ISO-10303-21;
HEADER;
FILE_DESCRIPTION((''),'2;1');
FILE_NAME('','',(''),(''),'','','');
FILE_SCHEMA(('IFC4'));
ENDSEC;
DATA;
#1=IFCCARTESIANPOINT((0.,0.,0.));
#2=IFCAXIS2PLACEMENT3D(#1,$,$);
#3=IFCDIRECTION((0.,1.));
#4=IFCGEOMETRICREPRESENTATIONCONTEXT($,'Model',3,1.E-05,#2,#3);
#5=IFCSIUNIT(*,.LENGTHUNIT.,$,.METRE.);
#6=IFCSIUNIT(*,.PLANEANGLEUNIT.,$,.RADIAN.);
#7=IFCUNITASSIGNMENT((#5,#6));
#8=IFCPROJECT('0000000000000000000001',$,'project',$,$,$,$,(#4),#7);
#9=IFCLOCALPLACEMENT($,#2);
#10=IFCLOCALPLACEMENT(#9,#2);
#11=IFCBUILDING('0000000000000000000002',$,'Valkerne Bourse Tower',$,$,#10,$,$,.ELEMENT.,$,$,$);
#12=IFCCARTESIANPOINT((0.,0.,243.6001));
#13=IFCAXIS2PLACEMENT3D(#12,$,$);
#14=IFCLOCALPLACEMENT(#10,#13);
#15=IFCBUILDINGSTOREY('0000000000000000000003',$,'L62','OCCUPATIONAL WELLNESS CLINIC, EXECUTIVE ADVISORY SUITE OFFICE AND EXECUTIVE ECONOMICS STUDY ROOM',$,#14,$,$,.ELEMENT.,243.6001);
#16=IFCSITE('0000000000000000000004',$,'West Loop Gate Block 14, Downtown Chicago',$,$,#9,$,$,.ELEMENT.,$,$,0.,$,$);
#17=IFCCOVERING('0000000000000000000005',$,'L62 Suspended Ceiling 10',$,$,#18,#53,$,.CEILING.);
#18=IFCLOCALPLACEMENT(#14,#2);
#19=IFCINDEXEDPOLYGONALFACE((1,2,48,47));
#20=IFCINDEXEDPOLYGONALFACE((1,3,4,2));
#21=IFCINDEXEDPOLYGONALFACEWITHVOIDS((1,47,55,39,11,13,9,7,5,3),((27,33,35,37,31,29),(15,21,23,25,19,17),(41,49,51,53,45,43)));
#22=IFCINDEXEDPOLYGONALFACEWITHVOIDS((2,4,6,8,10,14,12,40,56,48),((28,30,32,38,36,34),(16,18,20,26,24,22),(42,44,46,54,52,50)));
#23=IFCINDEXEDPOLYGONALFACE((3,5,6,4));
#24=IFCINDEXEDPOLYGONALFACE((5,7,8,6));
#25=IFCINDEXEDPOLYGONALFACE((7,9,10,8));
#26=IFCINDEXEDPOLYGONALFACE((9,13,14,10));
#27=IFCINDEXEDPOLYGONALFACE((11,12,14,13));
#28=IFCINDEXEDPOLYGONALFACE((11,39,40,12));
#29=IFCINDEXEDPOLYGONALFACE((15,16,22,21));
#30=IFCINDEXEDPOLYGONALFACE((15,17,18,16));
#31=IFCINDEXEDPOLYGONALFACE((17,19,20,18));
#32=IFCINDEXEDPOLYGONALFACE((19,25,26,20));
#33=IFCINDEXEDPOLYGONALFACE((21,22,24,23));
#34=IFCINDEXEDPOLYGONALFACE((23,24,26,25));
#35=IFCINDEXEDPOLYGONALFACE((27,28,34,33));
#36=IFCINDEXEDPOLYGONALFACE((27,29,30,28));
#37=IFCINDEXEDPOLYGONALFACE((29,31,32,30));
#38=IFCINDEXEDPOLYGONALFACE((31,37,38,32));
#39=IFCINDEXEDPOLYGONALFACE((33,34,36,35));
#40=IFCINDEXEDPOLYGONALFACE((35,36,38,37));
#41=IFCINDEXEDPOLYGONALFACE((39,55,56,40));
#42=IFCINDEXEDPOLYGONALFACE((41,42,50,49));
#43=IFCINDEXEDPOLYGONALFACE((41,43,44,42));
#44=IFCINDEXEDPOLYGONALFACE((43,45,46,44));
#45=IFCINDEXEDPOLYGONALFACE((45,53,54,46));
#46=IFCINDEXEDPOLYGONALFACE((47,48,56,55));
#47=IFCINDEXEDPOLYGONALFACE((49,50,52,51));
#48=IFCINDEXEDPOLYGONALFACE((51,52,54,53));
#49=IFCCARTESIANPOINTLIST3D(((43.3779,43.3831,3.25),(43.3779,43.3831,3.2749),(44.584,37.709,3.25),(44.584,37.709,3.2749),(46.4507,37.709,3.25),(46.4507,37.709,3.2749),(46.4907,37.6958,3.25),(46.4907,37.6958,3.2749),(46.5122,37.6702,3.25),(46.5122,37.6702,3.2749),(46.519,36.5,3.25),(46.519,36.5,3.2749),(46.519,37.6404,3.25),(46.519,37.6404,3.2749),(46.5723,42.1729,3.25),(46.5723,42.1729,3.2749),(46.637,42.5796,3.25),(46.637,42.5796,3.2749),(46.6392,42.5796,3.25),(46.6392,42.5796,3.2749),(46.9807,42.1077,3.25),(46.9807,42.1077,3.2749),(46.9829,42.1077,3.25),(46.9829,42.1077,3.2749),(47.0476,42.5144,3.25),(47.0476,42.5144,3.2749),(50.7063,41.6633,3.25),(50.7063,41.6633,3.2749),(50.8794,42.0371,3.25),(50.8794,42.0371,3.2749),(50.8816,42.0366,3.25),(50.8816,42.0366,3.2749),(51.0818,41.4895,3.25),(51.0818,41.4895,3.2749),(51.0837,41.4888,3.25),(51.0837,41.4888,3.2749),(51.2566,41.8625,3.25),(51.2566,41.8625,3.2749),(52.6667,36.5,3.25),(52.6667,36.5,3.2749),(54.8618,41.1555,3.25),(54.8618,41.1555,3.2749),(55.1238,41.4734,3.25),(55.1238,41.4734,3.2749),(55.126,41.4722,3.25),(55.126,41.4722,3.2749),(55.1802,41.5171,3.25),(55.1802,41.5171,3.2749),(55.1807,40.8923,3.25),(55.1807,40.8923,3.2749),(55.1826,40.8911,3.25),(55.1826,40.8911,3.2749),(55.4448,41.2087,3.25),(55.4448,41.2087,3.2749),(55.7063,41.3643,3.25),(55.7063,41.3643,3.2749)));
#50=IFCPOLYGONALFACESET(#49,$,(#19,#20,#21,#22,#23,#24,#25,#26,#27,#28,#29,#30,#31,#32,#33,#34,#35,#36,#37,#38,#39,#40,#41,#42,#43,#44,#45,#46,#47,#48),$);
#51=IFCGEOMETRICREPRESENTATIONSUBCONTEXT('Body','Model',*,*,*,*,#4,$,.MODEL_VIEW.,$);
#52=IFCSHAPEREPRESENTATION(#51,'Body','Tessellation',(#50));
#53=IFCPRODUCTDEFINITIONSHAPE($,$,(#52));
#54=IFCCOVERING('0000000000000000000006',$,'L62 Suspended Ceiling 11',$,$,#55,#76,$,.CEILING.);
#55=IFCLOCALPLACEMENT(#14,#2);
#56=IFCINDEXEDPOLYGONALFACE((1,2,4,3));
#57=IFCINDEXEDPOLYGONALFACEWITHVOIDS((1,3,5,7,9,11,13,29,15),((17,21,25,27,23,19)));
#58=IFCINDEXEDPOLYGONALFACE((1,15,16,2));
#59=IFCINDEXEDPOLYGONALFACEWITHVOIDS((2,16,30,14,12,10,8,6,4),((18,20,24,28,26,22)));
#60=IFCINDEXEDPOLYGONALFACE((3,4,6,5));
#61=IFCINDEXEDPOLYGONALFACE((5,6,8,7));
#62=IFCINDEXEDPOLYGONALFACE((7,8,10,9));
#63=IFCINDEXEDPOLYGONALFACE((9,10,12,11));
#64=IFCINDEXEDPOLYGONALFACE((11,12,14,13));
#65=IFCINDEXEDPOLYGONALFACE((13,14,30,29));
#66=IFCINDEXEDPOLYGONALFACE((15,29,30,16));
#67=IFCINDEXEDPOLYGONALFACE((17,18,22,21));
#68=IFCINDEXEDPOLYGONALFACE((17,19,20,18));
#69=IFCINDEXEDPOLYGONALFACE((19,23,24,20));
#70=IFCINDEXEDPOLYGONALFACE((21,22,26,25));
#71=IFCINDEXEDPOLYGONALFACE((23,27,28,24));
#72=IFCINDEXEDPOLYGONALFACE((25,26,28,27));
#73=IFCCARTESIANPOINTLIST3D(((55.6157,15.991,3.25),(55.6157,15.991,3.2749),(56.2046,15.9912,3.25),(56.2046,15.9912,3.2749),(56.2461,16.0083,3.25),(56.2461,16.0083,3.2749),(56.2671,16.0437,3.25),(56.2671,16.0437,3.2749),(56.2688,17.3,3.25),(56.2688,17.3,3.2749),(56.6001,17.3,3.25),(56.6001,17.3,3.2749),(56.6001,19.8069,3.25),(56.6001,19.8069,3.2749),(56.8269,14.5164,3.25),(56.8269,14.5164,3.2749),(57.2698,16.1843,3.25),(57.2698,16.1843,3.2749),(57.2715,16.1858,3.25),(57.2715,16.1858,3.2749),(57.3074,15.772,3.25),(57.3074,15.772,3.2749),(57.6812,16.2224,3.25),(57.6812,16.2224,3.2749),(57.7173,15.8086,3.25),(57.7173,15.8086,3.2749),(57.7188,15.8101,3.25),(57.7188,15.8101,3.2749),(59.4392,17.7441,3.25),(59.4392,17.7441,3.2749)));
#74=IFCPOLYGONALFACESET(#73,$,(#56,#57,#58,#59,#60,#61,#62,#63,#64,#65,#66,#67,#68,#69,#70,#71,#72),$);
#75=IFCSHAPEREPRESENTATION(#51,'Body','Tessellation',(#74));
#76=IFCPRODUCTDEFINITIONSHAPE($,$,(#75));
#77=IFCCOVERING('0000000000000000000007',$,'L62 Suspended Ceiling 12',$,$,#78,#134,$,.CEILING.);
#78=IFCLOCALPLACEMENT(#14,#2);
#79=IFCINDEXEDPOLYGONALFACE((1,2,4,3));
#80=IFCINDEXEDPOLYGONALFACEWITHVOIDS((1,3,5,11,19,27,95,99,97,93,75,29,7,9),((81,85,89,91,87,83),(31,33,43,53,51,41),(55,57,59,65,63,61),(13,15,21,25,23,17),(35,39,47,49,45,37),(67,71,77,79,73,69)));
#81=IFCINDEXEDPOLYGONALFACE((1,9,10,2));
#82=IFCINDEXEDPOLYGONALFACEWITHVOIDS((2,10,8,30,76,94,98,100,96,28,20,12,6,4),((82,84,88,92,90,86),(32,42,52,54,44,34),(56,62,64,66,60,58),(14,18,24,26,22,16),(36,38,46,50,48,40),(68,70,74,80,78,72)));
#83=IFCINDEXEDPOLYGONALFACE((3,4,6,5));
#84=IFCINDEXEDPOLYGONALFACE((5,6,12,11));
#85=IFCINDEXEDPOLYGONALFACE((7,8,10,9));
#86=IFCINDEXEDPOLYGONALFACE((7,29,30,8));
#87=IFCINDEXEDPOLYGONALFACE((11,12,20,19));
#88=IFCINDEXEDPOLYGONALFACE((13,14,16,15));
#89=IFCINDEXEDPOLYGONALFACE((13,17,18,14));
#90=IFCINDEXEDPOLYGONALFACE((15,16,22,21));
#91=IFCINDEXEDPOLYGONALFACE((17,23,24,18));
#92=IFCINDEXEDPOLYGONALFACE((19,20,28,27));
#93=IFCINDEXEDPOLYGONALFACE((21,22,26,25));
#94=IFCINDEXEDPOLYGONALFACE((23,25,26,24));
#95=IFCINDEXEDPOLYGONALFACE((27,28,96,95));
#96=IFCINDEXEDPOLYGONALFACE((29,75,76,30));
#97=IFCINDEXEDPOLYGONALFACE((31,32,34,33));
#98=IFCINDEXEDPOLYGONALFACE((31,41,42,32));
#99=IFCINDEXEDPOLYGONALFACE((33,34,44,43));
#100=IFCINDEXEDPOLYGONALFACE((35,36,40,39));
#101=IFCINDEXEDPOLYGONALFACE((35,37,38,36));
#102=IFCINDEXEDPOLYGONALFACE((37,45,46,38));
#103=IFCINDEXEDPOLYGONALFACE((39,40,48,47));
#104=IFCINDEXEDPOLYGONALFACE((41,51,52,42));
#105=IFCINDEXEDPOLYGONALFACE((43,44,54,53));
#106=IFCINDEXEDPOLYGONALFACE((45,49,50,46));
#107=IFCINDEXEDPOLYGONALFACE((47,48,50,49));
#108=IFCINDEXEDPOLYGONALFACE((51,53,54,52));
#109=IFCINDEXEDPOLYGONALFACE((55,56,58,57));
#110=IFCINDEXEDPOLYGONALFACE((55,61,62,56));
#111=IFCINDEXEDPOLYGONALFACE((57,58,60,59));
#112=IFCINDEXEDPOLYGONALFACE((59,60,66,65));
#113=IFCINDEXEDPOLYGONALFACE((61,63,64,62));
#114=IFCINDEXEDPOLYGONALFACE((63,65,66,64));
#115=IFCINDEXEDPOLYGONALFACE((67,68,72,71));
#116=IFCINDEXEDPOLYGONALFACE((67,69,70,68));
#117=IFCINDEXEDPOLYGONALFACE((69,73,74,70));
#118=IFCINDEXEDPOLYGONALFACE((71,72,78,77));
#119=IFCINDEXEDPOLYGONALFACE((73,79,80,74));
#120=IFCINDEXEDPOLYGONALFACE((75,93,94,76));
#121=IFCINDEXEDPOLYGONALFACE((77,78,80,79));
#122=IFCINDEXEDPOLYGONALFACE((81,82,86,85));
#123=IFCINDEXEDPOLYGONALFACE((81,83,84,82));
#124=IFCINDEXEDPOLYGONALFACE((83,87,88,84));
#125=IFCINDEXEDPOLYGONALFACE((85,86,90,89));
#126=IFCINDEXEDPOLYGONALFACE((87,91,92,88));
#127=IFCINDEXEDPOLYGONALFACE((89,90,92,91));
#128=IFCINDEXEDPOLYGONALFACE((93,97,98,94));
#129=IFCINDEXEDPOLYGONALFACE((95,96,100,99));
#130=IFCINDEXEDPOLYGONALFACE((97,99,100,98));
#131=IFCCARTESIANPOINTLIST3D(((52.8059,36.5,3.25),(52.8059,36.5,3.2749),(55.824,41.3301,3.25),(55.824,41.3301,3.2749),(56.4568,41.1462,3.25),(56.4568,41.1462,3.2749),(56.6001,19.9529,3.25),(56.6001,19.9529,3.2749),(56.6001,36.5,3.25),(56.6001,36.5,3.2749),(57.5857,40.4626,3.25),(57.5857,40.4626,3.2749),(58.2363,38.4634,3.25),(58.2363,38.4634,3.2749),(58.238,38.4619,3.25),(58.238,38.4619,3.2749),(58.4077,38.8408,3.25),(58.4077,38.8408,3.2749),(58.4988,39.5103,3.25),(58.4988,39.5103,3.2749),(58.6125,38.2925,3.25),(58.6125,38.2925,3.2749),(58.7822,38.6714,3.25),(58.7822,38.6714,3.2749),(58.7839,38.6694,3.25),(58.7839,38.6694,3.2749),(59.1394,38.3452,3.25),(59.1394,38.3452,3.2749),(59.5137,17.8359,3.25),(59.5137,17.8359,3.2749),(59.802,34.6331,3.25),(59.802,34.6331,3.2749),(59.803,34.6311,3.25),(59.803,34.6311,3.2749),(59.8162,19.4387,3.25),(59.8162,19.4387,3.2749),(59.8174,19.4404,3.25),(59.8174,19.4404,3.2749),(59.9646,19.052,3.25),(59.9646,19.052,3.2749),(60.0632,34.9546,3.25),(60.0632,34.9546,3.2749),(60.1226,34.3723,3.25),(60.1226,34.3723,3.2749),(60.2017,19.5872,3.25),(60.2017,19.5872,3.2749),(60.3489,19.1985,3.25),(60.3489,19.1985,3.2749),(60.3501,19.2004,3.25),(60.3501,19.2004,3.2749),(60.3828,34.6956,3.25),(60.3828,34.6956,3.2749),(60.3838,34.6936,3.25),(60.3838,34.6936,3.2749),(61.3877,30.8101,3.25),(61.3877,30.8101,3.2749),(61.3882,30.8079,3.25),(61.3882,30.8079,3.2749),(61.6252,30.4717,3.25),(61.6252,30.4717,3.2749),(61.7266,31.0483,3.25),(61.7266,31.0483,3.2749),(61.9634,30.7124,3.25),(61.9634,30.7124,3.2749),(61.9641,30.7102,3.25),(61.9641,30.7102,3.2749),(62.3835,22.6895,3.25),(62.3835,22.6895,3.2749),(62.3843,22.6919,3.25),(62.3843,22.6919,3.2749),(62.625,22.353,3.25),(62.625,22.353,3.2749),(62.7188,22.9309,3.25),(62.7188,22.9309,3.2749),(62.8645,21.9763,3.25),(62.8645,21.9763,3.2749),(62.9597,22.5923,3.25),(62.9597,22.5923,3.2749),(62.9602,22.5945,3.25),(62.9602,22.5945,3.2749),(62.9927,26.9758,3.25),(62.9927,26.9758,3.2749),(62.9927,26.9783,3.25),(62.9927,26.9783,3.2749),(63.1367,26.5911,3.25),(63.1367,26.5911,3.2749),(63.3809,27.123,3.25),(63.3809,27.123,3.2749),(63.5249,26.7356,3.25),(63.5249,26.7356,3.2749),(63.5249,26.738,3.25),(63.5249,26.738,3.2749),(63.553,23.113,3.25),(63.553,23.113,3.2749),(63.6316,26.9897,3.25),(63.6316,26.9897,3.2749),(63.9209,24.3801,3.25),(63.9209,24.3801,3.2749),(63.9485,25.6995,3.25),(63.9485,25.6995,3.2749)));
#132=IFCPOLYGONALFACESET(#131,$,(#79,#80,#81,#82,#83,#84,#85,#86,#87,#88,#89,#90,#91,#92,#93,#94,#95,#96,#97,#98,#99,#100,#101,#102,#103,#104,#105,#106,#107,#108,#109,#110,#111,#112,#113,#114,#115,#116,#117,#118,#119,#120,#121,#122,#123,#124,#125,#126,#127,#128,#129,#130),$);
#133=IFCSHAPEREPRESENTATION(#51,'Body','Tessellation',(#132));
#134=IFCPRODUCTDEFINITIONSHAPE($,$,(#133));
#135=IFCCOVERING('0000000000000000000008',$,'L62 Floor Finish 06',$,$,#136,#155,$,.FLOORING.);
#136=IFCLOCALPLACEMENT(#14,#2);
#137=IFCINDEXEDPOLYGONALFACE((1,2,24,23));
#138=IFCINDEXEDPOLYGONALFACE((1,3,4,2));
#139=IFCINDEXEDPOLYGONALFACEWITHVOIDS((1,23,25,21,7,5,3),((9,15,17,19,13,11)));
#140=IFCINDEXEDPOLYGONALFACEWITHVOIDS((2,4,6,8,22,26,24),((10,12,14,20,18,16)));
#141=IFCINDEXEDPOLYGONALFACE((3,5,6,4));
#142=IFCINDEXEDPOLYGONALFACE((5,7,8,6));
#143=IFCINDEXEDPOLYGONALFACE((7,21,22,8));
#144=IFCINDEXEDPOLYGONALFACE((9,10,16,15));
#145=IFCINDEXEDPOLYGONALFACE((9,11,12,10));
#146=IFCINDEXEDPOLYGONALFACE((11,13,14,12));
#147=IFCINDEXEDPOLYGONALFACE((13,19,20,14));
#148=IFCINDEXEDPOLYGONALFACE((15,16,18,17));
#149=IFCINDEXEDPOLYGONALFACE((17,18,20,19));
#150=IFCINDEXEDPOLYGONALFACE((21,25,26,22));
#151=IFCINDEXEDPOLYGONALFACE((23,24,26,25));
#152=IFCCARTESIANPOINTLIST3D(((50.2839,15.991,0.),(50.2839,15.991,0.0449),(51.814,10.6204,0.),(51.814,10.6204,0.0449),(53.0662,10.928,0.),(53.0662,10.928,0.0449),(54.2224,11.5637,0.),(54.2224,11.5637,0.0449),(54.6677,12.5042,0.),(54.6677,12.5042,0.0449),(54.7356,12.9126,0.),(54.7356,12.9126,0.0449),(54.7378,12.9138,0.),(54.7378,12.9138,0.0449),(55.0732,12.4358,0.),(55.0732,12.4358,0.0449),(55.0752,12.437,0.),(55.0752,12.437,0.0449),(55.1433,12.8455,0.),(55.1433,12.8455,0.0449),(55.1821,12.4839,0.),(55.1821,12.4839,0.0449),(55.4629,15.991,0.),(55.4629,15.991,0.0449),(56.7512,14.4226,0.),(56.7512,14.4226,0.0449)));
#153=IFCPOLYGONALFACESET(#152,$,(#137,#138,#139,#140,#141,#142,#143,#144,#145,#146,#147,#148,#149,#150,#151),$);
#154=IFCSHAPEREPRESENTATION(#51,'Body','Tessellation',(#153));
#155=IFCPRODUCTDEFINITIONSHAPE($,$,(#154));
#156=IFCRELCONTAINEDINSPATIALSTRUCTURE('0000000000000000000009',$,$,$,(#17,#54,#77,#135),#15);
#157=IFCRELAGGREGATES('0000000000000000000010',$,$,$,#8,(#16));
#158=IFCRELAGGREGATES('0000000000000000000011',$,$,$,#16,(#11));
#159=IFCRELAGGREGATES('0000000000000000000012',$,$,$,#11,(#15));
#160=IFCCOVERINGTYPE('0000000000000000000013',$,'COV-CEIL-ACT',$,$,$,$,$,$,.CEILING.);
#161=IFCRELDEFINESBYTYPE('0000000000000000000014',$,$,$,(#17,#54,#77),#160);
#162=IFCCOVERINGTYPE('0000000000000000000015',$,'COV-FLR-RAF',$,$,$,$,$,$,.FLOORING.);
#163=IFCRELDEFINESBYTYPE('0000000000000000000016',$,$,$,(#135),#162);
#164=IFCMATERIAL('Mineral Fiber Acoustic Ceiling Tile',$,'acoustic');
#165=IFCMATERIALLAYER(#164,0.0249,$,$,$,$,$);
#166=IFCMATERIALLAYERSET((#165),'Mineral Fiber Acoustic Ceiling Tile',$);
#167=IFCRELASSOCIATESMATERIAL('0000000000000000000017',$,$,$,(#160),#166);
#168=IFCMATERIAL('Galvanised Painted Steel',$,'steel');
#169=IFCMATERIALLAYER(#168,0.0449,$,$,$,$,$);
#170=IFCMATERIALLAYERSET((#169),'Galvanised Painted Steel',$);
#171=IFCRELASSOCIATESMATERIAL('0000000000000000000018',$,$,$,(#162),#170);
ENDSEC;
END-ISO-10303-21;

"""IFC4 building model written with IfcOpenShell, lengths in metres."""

from ifc_helpers import new_model, si_unit, direction, frame, origin, place, context, subcontext, project, spatial, polyline, outline, extrude, material, layer, layer_set, type_object, element, save


model = new_model("IFC4")

# Units and contexts
model_context = context("Model", 3, precision=1e-05, world=origin(), true_north=direction((0.0, 1.0)))
body_context = subcontext(model_context, "Body", "Model", "MODEL_VIEW")
ifc_project = project(units=[si_unit("LENGTHUNIT", "METRE"), si_unit("PLANEANGLEUNIT", "RADIAN")], contexts=[model_context])

# Site, building, storey
site_placement = place(None, origin())
site = spatial("IfcSite", under=ifc_project, at=site_placement, Name="West Loop Gate Block 14, Downtown Chicago", CompositionType="ELEMENT", RefElevation=0.0)
building_placement = place(site_placement, origin())
building = spatial("IfcBuilding", under=site, at=building_placement, Name="Valkerne Bourse Tower", CompositionType="ELEMENT")
storey_placement = place(building_placement, frame((0.0, 0.0, 243.6001)))
storey = spatial("IfcBuildingStorey", under=building, at=storey_placement, Name="L62", Description="OCCUPATIONAL WELLNESS CLINIC, EXECUTIVE ADVISORY SUITE OFFICE AND EXECUTIVE ECONOMICS STUDY ROOM", CompositionType="ELEMENT", Elevation=243.6001)

# Coverings
ifc_material_1 = material(Name="Mineral Fiber Acoustic Ceiling Tile", Category="acoustic")
ifc_layer_1 = layer(ifc_material_1, 0.0249)
ifc_layer_set_1 = layer_set([ifc_layer_1], Name="Mineral Fiber Acoustic Ceiling Tile")
covering_type_1 = type_object("IfcCoveringType", Name="COV-CEIL-ACT", PredefinedType="CEILING", material=ifc_layer_set_1)
covering_1_placement = place(storey_placement, frame((0.0, 0.0, 3.25)))
element("IfcCovering", 1, at=covering_1_placement, inside=storey, type_object=covering_type_1, Name="L62 Suspended Ceiling 10", PredefinedType="CEILING", context=body_context, shape_type="SweptSolid", body=[
    extrude(outline(polyline([(52.6667, 36.5), (46.519, 36.5), (46.519, 37.6404), (46.5122, 37.6702), (46.4907, 37.6958), (46.4507, 37.709), (44.584, 37.709), (43.3779, 43.3831), (55.1802, 41.5171), (55.7063, 41.3643), (52.6667, 36.5)]), holes=[polyline([(55.126, 41.4722), (55.1238, 41.4734), (54.8618, 41.1555), (55.1807, 40.8923), (55.1826, 40.8911), (55.4448, 41.2087), (55.126, 41.4722)]), polyline([(50.8816, 42.0366), (50.8794, 42.0371), (50.7063, 41.6633), (51.0818, 41.4895), (51.0837, 41.4888), (51.2566, 41.8625), (50.8816, 42.0366)]), polyline([(47.0476, 42.5144), (46.6392, 42.5796), (46.637, 42.5796), (46.5723, 42.1729), (46.9807, 42.1077), (46.9829, 42.1077), (47.0476, 42.5144)])]), origin(), (0.0, 0.0, 1.0), 0.0249),
])
covering_2_placement = place(storey_placement, frame((0.0, 0.0, 3.25)))
element("IfcCovering", 2, at=covering_2_placement, inside=storey, type_object=covering_type_1, Name="L62 Suspended Ceiling 11", PredefinedType="CEILING", context=body_context, shape_type="SweptSolid", body=[
    extrude(outline(polyline([(56.2046, 15.9912), (56.2461, 16.0083), (56.2671, 16.0437), (56.2688, 17.3), (56.6001, 17.3), (56.6001, 19.8069), (59.4392, 17.7441), (56.8269, 14.5164), (55.6157, 15.991), (56.2046, 15.9912)]), holes=[polyline([(57.7188, 15.8101), (57.6812, 16.2224), (57.2715, 16.1858), (57.2698, 16.1843), (57.3074, 15.772), (57.7173, 15.8086), (57.7188, 15.8101)])]), origin(), (0.0, 0.0, 1.0), 0.0249),
])
covering_3_placement = place(storey_placement, frame((0.0, 0.0, 3.25)))
element("IfcCovering", 3, at=covering_3_placement, inside=storey, type_object=covering_type_1, Name="L62 Suspended Ceiling 12", PredefinedType="CEILING", context=body_context, shape_type="SweptSolid", body=[
    extrude(outline(polyline([(58.4988, 39.5103), (59.1394, 38.3452), (63.6316, 26.9897), (63.9485, 25.6995), (63.9209, 24.3801), (63.553, 23.113), (62.8645, 21.9763), (59.5137, 17.8359), (56.6001, 19.9529), (56.6001, 36.5), (52.8059, 36.5), (55.824, 41.3301), (56.4568, 41.1462), (57.5857, 40.4626), (58.4988, 39.5103)]), holes=[polyline([(60.3501, 19.2004), (60.2017, 19.5872), (59.8174, 19.4404), (59.8162, 19.4387), (59.9646, 19.052), (60.3489, 19.1985), (60.3501, 19.2004)]), polyline([(62.9602, 22.5945), (62.7188, 22.9309), (62.3843, 22.6919), (62.3835, 22.6895), (62.625, 22.353), (62.9597, 22.5923), (62.9602, 22.5945)]), polyline([(63.5249, 26.7356), (63.5249, 26.738), (63.3809, 27.123), (62.9927, 26.9783), (62.9927, 26.9758), (63.1367, 26.5911), (63.5249, 26.7356)]), polyline([(61.9634, 30.7124), (61.7266, 31.0483), (61.3877, 30.8101), (61.3882, 30.8079), (61.6252, 30.4717), (61.9641, 30.7102), (61.9634, 30.7124)]), polyline([(60.3828, 34.6956), (60.0632, 34.9546), (59.802, 34.6331), (59.803, 34.6311), (60.1226, 34.3723), (60.3838, 34.6936), (60.3828, 34.6956)]), polyline([(58.7822, 38.6714), (58.4077, 38.8408), (58.2363, 38.4634), (58.238, 38.4619), (58.6125, 38.2925), (58.7839, 38.6694), (58.7822, 38.6714)])]), origin(), (0.0, 0.0, 1.0), 0.0249),
])
ifc_material_2 = material(Name="Galvanised Painted Steel", Category="steel")
ifc_layer_2 = layer(ifc_material_2, 0.0449)
ifc_layer_set_2 = layer_set([ifc_layer_2], Name="Galvanised Painted Steel")
covering_type_2 = type_object("IfcCoveringType", Name="COV-FLR-RAF", PredefinedType="FLOORING", material=ifc_layer_set_2)
covering_4_placement = place(storey_placement, origin())
element("IfcCovering", 4, at=covering_4_placement, inside=storey, type_object=covering_type_2, Name="L62 Floor Finish 06", PredefinedType="FLOORING", context=body_context, shape_type="SweptSolid", body=[
    extrude(outline(polyline([(53.0662, 10.928), (51.814, 10.6204), (50.2839, 15.991), (55.4629, 15.991), (56.7512, 14.4226), (55.1821, 12.4839), (54.2224, 11.5637), (53.0662, 10.928)]), holes=[polyline([(55.1433, 12.8455), (54.7378, 12.9138), (54.7356, 12.9126), (54.6677, 12.5042), (55.0732, 12.4358), (55.0752, 12.437), (55.1433, 12.8455)])]), origin(), (0.0, 0.0, 1.0), 0.0449),
])

save(model, "model.ifc")
